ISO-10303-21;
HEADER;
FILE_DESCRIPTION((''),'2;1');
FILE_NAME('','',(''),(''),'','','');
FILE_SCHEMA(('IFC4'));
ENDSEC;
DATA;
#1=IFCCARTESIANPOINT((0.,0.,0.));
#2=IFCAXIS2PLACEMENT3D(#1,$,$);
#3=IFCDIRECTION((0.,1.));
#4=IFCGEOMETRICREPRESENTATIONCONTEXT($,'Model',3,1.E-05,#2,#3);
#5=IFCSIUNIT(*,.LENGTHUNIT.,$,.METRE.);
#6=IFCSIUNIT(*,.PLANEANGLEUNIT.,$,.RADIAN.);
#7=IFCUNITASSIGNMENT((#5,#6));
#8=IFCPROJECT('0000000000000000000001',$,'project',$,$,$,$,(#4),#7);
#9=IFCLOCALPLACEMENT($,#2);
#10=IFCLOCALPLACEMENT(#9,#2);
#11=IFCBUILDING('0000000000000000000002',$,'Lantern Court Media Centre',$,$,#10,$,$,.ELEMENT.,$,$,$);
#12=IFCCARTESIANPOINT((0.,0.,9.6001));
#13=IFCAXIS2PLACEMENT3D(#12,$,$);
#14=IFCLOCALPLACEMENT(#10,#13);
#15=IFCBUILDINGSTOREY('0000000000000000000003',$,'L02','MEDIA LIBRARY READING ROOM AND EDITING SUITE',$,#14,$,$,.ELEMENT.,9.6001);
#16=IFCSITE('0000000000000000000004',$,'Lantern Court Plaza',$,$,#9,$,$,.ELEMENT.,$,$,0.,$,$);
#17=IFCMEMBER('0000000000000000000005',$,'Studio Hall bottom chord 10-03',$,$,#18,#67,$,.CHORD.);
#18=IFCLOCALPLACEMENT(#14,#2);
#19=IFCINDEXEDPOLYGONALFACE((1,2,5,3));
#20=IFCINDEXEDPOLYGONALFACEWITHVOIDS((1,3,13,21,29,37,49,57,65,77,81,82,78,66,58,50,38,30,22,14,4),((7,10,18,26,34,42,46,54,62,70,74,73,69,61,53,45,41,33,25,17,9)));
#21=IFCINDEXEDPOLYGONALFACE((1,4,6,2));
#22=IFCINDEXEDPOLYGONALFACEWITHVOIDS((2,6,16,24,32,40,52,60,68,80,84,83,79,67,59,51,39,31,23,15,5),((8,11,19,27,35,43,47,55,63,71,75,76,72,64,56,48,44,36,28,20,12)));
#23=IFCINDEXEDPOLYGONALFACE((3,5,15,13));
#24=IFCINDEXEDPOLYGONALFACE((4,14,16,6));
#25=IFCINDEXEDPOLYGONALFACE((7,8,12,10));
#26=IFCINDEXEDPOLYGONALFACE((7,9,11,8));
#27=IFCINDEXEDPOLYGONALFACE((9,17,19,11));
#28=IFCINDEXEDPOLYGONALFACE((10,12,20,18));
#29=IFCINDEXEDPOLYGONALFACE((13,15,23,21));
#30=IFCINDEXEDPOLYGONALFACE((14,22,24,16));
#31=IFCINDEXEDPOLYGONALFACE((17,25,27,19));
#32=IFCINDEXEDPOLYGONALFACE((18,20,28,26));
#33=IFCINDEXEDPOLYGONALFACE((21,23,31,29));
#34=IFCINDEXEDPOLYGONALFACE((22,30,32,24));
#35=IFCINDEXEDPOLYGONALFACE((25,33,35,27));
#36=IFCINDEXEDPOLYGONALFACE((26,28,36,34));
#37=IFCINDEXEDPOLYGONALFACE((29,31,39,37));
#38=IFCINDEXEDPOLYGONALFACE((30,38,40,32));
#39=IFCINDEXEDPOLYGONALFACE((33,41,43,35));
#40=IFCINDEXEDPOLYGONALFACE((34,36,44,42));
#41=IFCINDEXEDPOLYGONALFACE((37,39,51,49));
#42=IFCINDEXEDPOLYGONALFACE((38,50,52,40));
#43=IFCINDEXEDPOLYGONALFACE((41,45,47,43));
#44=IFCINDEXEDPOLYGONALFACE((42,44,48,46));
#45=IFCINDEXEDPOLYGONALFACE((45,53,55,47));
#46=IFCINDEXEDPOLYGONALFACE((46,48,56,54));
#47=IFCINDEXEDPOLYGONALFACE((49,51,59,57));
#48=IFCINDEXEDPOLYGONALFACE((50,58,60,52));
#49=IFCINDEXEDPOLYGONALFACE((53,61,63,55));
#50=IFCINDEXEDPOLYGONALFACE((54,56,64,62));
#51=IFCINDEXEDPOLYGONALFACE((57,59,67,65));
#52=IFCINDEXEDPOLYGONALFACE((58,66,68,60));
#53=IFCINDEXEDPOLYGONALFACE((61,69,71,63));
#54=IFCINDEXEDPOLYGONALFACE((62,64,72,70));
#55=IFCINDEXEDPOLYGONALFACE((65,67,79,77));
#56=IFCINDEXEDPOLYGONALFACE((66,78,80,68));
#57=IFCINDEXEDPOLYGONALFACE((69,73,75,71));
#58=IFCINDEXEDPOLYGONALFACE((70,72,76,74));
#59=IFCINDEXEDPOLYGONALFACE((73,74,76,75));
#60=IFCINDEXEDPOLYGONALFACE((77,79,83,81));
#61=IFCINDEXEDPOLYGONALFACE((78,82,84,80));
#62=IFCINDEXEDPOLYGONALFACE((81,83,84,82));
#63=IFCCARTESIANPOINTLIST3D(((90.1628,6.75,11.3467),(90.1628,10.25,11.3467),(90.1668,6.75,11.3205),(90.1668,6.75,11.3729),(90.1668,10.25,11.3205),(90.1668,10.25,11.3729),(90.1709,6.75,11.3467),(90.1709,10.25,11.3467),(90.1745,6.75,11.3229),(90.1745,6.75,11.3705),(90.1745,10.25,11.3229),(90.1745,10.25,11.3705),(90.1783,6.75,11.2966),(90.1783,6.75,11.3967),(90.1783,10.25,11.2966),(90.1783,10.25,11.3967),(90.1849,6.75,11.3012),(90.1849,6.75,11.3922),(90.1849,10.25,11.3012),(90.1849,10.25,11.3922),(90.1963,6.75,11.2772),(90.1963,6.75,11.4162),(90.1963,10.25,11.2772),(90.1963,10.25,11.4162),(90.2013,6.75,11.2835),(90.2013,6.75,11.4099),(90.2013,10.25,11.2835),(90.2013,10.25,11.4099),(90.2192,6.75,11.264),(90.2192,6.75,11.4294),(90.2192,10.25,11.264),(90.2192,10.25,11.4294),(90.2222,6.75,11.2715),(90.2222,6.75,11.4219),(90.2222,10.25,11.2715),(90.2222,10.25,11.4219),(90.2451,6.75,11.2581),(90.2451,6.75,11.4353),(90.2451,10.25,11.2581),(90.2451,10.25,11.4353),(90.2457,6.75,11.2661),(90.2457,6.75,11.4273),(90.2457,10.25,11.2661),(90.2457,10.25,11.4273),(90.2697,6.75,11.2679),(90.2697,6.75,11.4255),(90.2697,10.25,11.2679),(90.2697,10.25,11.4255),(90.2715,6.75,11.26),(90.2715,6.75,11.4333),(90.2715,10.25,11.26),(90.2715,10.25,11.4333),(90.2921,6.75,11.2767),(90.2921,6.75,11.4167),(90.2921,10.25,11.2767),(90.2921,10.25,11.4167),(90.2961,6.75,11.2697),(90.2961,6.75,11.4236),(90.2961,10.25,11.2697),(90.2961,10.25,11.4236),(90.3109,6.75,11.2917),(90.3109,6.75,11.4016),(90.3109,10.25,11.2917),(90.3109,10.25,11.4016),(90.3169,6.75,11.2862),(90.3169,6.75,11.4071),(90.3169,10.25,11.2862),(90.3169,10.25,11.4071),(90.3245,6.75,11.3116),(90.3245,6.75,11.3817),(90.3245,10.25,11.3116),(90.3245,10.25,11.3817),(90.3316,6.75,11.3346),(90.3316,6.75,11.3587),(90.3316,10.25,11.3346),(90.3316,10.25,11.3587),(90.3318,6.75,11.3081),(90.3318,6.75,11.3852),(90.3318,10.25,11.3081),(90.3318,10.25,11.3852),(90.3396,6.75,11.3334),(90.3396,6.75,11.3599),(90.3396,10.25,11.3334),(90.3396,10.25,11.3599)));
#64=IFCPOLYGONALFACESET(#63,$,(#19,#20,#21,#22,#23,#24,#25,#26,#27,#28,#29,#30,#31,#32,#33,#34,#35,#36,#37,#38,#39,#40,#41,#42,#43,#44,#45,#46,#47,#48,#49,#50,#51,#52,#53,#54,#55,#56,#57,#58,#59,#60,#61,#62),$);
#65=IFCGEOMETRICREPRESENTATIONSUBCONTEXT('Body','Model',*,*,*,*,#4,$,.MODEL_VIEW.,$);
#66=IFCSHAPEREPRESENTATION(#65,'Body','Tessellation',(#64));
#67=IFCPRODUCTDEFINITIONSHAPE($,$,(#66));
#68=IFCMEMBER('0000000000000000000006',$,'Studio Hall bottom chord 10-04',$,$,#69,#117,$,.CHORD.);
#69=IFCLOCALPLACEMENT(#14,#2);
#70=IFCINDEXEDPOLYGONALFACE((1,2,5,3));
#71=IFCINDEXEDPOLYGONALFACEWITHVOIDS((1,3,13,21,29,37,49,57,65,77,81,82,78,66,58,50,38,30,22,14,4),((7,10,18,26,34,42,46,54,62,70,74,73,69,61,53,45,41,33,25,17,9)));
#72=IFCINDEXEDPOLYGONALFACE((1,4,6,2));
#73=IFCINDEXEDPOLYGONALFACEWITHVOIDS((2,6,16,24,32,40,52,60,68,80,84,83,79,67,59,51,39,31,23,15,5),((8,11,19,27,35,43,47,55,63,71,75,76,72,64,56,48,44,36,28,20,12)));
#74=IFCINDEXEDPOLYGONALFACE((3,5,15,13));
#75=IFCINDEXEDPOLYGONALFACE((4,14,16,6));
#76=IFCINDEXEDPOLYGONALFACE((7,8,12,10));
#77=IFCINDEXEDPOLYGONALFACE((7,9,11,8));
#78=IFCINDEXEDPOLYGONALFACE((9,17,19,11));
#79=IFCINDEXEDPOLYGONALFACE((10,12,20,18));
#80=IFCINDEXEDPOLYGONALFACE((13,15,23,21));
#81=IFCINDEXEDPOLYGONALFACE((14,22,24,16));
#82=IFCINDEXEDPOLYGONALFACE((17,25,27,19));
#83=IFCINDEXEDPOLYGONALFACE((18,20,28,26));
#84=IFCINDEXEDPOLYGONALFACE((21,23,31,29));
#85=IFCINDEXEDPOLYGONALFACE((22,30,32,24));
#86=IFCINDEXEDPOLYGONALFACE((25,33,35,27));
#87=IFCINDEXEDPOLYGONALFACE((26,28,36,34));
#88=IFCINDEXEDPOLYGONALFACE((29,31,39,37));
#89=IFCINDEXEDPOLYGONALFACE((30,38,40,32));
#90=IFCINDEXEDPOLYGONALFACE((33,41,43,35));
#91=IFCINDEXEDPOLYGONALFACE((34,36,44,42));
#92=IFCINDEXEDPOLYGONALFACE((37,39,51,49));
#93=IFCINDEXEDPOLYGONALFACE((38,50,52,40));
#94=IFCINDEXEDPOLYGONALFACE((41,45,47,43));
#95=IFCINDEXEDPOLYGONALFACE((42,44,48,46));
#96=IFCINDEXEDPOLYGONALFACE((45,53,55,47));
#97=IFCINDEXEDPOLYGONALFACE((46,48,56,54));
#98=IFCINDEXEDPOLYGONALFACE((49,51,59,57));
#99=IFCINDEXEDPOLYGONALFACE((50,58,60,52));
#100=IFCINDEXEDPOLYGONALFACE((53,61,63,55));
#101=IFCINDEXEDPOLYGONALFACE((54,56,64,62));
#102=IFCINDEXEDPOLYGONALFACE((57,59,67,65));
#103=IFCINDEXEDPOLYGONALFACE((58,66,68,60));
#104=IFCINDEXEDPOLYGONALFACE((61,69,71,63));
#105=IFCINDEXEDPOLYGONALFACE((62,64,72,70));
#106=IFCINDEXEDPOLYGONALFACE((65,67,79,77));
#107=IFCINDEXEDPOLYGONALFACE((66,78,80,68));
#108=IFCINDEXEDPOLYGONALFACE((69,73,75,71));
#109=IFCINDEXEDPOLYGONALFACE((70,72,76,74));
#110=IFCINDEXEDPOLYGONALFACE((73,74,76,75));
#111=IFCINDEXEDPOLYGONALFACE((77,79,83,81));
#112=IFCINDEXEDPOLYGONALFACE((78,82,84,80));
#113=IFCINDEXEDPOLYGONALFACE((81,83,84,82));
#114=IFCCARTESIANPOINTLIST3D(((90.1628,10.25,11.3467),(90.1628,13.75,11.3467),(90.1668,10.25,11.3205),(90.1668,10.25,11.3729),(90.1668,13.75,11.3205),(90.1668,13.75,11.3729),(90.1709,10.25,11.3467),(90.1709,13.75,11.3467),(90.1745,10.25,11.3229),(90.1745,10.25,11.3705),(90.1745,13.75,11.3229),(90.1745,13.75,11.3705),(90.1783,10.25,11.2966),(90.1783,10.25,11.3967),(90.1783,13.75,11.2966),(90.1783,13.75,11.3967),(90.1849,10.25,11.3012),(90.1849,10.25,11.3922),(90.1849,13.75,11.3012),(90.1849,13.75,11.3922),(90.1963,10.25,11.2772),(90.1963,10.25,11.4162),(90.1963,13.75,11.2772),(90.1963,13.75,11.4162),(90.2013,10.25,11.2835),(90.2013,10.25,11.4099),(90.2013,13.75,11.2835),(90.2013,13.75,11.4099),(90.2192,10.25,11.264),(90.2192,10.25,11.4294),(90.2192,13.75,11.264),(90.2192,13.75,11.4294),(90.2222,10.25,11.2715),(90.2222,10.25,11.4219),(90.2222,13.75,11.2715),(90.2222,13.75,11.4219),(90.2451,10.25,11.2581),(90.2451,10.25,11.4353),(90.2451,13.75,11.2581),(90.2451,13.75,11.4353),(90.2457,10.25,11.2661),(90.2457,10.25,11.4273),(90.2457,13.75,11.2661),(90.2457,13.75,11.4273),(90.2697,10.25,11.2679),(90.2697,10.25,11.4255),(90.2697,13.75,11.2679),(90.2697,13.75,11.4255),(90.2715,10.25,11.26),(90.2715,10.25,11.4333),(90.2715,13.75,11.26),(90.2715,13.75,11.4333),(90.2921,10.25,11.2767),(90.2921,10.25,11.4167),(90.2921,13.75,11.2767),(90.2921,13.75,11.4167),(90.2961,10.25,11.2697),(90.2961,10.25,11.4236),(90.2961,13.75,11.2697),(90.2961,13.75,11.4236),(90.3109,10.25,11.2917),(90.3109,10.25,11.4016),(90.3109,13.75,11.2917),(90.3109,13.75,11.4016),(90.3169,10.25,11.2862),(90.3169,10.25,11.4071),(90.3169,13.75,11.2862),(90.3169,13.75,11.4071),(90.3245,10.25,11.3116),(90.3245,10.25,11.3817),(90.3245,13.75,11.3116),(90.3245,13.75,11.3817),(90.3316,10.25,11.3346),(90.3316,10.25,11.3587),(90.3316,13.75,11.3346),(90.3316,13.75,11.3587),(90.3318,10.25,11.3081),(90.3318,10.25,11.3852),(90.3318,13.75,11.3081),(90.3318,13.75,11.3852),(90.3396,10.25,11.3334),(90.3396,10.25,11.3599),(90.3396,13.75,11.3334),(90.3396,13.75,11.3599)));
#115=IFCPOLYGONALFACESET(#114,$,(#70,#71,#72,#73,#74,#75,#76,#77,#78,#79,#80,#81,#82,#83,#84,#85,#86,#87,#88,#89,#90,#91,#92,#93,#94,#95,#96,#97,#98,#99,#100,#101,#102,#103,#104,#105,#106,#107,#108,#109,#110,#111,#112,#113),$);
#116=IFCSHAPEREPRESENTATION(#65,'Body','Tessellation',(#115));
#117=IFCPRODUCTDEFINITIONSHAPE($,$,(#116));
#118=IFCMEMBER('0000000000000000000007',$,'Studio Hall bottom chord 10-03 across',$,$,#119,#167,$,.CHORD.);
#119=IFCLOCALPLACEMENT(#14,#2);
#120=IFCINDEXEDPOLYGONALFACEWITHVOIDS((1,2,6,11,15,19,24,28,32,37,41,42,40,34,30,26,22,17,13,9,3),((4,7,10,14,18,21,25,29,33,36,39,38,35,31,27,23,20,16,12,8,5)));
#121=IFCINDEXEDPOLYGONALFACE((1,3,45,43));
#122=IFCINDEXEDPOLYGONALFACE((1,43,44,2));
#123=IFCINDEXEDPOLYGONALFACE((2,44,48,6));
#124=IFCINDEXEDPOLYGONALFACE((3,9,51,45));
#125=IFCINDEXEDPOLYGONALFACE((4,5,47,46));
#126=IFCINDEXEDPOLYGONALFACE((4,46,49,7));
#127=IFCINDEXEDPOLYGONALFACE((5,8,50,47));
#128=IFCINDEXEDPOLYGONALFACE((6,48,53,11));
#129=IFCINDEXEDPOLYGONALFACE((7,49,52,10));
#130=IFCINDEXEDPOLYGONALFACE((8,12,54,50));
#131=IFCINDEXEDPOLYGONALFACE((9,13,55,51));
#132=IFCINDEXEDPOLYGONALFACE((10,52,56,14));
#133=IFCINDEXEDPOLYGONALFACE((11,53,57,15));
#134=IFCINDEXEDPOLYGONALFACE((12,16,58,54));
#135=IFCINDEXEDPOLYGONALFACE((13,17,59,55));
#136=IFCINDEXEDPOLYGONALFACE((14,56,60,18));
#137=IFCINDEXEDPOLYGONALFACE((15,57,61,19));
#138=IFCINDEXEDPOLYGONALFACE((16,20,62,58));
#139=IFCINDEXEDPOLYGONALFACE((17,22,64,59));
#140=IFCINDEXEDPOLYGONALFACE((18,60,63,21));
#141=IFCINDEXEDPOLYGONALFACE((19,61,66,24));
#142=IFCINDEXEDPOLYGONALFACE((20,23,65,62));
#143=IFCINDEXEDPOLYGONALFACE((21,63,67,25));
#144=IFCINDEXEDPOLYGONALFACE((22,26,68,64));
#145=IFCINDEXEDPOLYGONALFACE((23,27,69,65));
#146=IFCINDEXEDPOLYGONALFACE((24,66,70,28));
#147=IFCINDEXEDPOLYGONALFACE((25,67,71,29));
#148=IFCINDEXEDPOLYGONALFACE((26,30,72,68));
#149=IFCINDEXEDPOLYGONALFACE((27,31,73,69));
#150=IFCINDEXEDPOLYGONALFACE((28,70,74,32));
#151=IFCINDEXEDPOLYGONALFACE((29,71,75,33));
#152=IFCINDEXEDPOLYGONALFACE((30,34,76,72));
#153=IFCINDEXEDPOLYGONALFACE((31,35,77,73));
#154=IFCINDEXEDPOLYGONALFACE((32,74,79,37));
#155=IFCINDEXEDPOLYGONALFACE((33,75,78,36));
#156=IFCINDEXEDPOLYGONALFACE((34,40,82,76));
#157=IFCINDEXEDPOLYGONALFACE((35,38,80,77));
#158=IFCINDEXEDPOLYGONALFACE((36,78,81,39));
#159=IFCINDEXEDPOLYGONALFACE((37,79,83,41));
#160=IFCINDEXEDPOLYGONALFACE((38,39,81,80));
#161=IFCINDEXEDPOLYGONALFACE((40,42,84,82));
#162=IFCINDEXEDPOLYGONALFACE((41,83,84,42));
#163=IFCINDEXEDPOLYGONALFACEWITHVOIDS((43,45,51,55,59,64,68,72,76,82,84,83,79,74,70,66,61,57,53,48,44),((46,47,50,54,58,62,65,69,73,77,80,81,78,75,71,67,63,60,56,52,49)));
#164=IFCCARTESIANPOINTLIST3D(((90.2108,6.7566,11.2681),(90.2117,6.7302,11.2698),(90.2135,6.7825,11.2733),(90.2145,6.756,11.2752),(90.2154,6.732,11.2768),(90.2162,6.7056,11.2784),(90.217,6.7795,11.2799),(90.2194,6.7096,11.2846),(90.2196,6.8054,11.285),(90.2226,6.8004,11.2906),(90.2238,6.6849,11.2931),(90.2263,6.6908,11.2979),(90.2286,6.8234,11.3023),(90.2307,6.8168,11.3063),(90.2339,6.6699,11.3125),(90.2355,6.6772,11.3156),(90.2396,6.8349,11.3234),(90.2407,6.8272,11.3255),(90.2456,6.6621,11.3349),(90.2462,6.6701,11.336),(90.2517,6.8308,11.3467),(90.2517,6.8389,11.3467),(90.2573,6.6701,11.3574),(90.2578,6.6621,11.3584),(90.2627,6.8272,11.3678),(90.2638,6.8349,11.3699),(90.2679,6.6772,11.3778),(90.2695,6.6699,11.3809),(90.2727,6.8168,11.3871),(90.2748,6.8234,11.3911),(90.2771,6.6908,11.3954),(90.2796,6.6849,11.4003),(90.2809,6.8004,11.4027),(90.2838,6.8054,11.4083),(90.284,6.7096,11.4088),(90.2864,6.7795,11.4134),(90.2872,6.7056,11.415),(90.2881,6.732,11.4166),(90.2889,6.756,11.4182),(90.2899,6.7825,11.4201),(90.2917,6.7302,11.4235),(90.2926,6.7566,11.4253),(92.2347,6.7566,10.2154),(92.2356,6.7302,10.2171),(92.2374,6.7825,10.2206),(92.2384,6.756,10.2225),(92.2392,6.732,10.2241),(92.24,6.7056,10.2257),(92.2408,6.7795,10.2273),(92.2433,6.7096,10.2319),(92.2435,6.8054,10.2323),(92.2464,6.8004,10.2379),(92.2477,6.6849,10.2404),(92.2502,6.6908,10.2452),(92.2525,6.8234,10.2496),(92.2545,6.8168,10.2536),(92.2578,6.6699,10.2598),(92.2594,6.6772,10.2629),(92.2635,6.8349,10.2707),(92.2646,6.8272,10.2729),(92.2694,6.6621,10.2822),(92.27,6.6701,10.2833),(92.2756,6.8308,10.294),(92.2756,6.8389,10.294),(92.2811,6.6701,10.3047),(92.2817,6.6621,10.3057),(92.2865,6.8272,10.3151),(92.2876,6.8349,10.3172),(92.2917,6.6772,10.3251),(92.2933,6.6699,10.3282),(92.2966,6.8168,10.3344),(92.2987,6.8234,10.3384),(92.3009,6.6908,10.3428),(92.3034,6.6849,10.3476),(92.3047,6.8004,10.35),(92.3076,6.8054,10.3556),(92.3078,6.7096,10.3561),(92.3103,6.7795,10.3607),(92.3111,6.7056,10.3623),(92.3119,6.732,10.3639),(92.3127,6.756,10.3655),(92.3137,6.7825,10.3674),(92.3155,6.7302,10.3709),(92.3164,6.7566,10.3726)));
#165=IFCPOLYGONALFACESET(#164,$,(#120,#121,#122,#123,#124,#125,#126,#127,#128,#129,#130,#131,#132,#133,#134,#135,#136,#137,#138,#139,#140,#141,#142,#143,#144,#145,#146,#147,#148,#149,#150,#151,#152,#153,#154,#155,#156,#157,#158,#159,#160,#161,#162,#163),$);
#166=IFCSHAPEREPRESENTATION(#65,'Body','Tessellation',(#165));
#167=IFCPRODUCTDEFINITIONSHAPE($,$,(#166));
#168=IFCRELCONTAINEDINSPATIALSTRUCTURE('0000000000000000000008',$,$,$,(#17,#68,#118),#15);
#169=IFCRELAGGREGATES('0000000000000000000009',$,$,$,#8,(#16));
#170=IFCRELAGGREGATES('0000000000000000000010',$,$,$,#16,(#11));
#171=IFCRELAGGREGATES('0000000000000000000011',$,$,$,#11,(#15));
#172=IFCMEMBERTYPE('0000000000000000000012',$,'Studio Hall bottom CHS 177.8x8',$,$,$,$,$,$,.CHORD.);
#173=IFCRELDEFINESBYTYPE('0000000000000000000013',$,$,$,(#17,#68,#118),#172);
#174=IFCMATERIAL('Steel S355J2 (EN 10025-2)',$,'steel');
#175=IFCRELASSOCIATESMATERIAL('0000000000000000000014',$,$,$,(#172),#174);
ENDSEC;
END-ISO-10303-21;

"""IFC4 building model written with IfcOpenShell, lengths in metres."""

from ifc_helpers import new_model, si_unit, direction, frame, origin, origin_2d, place, context, subcontext, project, spatial, hollow_circle, extrude, material, material_profile, profile_set, type_object, element, save


model = new_model("IFC4")

# Units and contexts
model_context = context("Model", 3, precision=1e-05, world=origin(), true_north=direction((0.0, 1.0)))
body_context = subcontext(model_context, "Body", "Model", "MODEL_VIEW")
ifc_project = project(units=[si_unit("LENGTHUNIT", "METRE"), si_unit("PLANEANGLEUNIT", "RADIAN")], contexts=[model_context])

# Site, building, storey
site_placement = place(None, origin())
site = spatial("IfcSite", under=ifc_project, at=site_placement, Name="Lantern Court Plaza", CompositionType="ELEMENT", RefElevation=0.0)
building_placement = place(site_placement, origin())
building = spatial("IfcBuilding", under=site, at=building_placement, Name="Lantern Court Media Centre", CompositionType="ELEMENT")
storey_placement = place(building_placement, frame((0.0, 0.0, 9.6001)))
storey = spatial("IfcBuildingStorey", under=building, at=storey_placement, Name="L02", Description="MEDIA LIBRARY READING ROOM AND EDITING SUITE", CompositionType="ELEMENT", Elevation=9.6001)

# Members
ifc_material = material(Name="Steel S355J2 (EN 10025-2)", Category="steel")
ifc_material_profile_1 = material_profile(ifc_material, hollow_circle(Radius=0.0889, WallThickness=0.0081, at=origin_2d()), Name="Studio Hall bottom CHS 177.8x8")
ifc_profile_set_1 = profile_set([ifc_material_profile_1], Name="Steel S355J2 (EN 10025-2)")
member_type_1 = type_object("IfcMemberType", Name="Studio Hall bottom CHS 177.8x8", PredefinedType="CHORD", material=ifc_profile_set_1)
for number, where, z_axis, x_axis, name in (
    (1, (90.2517, 6.75, 11.3467), (0.0, 1.0, 0.0), (-1.0, 0.0, 0.0), "Studio Hall bottom chord 10-03"),
    (2, (90.2517, 10.25, 11.3467), (0.0, 1.0, 0.0), (-1.0, 0.0, 0.0), "Studio Hall bottom chord 10-04"),
):
    element("IfcMember", number, at=place(storey_placement, frame(where, z_axis=z_axis, x_axis=x_axis)), inside=storey, type_object=member_type_1, Name=name, PredefinedType="CHORD", context=body_context, shape_type="SweptSolid", body=[
        extrude(hollow_circle(Radius=0.0889, WallThickness=0.0081, at=origin_2d()), origin(), (0.0, 0.0, 1.0), 3.5),
    ])
for number, where, z_axis, x_axis, name in (
    (3, (90.2517, 6.75, 11.3467), (0.887164, 0.0, -0.461454), (0.0, 1.0, 0.0), "Studio Hall bottom chord 10-03 across"),
):
    element("IfcMember", number, at=place(storey_placement, frame(where, z_axis=z_axis, x_axis=x_axis)), inside=storey, type_object=member_type_1, Name=name, PredefinedType="CHORD", context=body_context, shape_type="SweptSolid", body=[
        extrude(hollow_circle(Radius=0.0889, WallThickness=0.0081, at=origin_2d()), origin(), (0.0, 0.0, 1.0), 2.2812),
    ])

save(model, "model.ifc")
